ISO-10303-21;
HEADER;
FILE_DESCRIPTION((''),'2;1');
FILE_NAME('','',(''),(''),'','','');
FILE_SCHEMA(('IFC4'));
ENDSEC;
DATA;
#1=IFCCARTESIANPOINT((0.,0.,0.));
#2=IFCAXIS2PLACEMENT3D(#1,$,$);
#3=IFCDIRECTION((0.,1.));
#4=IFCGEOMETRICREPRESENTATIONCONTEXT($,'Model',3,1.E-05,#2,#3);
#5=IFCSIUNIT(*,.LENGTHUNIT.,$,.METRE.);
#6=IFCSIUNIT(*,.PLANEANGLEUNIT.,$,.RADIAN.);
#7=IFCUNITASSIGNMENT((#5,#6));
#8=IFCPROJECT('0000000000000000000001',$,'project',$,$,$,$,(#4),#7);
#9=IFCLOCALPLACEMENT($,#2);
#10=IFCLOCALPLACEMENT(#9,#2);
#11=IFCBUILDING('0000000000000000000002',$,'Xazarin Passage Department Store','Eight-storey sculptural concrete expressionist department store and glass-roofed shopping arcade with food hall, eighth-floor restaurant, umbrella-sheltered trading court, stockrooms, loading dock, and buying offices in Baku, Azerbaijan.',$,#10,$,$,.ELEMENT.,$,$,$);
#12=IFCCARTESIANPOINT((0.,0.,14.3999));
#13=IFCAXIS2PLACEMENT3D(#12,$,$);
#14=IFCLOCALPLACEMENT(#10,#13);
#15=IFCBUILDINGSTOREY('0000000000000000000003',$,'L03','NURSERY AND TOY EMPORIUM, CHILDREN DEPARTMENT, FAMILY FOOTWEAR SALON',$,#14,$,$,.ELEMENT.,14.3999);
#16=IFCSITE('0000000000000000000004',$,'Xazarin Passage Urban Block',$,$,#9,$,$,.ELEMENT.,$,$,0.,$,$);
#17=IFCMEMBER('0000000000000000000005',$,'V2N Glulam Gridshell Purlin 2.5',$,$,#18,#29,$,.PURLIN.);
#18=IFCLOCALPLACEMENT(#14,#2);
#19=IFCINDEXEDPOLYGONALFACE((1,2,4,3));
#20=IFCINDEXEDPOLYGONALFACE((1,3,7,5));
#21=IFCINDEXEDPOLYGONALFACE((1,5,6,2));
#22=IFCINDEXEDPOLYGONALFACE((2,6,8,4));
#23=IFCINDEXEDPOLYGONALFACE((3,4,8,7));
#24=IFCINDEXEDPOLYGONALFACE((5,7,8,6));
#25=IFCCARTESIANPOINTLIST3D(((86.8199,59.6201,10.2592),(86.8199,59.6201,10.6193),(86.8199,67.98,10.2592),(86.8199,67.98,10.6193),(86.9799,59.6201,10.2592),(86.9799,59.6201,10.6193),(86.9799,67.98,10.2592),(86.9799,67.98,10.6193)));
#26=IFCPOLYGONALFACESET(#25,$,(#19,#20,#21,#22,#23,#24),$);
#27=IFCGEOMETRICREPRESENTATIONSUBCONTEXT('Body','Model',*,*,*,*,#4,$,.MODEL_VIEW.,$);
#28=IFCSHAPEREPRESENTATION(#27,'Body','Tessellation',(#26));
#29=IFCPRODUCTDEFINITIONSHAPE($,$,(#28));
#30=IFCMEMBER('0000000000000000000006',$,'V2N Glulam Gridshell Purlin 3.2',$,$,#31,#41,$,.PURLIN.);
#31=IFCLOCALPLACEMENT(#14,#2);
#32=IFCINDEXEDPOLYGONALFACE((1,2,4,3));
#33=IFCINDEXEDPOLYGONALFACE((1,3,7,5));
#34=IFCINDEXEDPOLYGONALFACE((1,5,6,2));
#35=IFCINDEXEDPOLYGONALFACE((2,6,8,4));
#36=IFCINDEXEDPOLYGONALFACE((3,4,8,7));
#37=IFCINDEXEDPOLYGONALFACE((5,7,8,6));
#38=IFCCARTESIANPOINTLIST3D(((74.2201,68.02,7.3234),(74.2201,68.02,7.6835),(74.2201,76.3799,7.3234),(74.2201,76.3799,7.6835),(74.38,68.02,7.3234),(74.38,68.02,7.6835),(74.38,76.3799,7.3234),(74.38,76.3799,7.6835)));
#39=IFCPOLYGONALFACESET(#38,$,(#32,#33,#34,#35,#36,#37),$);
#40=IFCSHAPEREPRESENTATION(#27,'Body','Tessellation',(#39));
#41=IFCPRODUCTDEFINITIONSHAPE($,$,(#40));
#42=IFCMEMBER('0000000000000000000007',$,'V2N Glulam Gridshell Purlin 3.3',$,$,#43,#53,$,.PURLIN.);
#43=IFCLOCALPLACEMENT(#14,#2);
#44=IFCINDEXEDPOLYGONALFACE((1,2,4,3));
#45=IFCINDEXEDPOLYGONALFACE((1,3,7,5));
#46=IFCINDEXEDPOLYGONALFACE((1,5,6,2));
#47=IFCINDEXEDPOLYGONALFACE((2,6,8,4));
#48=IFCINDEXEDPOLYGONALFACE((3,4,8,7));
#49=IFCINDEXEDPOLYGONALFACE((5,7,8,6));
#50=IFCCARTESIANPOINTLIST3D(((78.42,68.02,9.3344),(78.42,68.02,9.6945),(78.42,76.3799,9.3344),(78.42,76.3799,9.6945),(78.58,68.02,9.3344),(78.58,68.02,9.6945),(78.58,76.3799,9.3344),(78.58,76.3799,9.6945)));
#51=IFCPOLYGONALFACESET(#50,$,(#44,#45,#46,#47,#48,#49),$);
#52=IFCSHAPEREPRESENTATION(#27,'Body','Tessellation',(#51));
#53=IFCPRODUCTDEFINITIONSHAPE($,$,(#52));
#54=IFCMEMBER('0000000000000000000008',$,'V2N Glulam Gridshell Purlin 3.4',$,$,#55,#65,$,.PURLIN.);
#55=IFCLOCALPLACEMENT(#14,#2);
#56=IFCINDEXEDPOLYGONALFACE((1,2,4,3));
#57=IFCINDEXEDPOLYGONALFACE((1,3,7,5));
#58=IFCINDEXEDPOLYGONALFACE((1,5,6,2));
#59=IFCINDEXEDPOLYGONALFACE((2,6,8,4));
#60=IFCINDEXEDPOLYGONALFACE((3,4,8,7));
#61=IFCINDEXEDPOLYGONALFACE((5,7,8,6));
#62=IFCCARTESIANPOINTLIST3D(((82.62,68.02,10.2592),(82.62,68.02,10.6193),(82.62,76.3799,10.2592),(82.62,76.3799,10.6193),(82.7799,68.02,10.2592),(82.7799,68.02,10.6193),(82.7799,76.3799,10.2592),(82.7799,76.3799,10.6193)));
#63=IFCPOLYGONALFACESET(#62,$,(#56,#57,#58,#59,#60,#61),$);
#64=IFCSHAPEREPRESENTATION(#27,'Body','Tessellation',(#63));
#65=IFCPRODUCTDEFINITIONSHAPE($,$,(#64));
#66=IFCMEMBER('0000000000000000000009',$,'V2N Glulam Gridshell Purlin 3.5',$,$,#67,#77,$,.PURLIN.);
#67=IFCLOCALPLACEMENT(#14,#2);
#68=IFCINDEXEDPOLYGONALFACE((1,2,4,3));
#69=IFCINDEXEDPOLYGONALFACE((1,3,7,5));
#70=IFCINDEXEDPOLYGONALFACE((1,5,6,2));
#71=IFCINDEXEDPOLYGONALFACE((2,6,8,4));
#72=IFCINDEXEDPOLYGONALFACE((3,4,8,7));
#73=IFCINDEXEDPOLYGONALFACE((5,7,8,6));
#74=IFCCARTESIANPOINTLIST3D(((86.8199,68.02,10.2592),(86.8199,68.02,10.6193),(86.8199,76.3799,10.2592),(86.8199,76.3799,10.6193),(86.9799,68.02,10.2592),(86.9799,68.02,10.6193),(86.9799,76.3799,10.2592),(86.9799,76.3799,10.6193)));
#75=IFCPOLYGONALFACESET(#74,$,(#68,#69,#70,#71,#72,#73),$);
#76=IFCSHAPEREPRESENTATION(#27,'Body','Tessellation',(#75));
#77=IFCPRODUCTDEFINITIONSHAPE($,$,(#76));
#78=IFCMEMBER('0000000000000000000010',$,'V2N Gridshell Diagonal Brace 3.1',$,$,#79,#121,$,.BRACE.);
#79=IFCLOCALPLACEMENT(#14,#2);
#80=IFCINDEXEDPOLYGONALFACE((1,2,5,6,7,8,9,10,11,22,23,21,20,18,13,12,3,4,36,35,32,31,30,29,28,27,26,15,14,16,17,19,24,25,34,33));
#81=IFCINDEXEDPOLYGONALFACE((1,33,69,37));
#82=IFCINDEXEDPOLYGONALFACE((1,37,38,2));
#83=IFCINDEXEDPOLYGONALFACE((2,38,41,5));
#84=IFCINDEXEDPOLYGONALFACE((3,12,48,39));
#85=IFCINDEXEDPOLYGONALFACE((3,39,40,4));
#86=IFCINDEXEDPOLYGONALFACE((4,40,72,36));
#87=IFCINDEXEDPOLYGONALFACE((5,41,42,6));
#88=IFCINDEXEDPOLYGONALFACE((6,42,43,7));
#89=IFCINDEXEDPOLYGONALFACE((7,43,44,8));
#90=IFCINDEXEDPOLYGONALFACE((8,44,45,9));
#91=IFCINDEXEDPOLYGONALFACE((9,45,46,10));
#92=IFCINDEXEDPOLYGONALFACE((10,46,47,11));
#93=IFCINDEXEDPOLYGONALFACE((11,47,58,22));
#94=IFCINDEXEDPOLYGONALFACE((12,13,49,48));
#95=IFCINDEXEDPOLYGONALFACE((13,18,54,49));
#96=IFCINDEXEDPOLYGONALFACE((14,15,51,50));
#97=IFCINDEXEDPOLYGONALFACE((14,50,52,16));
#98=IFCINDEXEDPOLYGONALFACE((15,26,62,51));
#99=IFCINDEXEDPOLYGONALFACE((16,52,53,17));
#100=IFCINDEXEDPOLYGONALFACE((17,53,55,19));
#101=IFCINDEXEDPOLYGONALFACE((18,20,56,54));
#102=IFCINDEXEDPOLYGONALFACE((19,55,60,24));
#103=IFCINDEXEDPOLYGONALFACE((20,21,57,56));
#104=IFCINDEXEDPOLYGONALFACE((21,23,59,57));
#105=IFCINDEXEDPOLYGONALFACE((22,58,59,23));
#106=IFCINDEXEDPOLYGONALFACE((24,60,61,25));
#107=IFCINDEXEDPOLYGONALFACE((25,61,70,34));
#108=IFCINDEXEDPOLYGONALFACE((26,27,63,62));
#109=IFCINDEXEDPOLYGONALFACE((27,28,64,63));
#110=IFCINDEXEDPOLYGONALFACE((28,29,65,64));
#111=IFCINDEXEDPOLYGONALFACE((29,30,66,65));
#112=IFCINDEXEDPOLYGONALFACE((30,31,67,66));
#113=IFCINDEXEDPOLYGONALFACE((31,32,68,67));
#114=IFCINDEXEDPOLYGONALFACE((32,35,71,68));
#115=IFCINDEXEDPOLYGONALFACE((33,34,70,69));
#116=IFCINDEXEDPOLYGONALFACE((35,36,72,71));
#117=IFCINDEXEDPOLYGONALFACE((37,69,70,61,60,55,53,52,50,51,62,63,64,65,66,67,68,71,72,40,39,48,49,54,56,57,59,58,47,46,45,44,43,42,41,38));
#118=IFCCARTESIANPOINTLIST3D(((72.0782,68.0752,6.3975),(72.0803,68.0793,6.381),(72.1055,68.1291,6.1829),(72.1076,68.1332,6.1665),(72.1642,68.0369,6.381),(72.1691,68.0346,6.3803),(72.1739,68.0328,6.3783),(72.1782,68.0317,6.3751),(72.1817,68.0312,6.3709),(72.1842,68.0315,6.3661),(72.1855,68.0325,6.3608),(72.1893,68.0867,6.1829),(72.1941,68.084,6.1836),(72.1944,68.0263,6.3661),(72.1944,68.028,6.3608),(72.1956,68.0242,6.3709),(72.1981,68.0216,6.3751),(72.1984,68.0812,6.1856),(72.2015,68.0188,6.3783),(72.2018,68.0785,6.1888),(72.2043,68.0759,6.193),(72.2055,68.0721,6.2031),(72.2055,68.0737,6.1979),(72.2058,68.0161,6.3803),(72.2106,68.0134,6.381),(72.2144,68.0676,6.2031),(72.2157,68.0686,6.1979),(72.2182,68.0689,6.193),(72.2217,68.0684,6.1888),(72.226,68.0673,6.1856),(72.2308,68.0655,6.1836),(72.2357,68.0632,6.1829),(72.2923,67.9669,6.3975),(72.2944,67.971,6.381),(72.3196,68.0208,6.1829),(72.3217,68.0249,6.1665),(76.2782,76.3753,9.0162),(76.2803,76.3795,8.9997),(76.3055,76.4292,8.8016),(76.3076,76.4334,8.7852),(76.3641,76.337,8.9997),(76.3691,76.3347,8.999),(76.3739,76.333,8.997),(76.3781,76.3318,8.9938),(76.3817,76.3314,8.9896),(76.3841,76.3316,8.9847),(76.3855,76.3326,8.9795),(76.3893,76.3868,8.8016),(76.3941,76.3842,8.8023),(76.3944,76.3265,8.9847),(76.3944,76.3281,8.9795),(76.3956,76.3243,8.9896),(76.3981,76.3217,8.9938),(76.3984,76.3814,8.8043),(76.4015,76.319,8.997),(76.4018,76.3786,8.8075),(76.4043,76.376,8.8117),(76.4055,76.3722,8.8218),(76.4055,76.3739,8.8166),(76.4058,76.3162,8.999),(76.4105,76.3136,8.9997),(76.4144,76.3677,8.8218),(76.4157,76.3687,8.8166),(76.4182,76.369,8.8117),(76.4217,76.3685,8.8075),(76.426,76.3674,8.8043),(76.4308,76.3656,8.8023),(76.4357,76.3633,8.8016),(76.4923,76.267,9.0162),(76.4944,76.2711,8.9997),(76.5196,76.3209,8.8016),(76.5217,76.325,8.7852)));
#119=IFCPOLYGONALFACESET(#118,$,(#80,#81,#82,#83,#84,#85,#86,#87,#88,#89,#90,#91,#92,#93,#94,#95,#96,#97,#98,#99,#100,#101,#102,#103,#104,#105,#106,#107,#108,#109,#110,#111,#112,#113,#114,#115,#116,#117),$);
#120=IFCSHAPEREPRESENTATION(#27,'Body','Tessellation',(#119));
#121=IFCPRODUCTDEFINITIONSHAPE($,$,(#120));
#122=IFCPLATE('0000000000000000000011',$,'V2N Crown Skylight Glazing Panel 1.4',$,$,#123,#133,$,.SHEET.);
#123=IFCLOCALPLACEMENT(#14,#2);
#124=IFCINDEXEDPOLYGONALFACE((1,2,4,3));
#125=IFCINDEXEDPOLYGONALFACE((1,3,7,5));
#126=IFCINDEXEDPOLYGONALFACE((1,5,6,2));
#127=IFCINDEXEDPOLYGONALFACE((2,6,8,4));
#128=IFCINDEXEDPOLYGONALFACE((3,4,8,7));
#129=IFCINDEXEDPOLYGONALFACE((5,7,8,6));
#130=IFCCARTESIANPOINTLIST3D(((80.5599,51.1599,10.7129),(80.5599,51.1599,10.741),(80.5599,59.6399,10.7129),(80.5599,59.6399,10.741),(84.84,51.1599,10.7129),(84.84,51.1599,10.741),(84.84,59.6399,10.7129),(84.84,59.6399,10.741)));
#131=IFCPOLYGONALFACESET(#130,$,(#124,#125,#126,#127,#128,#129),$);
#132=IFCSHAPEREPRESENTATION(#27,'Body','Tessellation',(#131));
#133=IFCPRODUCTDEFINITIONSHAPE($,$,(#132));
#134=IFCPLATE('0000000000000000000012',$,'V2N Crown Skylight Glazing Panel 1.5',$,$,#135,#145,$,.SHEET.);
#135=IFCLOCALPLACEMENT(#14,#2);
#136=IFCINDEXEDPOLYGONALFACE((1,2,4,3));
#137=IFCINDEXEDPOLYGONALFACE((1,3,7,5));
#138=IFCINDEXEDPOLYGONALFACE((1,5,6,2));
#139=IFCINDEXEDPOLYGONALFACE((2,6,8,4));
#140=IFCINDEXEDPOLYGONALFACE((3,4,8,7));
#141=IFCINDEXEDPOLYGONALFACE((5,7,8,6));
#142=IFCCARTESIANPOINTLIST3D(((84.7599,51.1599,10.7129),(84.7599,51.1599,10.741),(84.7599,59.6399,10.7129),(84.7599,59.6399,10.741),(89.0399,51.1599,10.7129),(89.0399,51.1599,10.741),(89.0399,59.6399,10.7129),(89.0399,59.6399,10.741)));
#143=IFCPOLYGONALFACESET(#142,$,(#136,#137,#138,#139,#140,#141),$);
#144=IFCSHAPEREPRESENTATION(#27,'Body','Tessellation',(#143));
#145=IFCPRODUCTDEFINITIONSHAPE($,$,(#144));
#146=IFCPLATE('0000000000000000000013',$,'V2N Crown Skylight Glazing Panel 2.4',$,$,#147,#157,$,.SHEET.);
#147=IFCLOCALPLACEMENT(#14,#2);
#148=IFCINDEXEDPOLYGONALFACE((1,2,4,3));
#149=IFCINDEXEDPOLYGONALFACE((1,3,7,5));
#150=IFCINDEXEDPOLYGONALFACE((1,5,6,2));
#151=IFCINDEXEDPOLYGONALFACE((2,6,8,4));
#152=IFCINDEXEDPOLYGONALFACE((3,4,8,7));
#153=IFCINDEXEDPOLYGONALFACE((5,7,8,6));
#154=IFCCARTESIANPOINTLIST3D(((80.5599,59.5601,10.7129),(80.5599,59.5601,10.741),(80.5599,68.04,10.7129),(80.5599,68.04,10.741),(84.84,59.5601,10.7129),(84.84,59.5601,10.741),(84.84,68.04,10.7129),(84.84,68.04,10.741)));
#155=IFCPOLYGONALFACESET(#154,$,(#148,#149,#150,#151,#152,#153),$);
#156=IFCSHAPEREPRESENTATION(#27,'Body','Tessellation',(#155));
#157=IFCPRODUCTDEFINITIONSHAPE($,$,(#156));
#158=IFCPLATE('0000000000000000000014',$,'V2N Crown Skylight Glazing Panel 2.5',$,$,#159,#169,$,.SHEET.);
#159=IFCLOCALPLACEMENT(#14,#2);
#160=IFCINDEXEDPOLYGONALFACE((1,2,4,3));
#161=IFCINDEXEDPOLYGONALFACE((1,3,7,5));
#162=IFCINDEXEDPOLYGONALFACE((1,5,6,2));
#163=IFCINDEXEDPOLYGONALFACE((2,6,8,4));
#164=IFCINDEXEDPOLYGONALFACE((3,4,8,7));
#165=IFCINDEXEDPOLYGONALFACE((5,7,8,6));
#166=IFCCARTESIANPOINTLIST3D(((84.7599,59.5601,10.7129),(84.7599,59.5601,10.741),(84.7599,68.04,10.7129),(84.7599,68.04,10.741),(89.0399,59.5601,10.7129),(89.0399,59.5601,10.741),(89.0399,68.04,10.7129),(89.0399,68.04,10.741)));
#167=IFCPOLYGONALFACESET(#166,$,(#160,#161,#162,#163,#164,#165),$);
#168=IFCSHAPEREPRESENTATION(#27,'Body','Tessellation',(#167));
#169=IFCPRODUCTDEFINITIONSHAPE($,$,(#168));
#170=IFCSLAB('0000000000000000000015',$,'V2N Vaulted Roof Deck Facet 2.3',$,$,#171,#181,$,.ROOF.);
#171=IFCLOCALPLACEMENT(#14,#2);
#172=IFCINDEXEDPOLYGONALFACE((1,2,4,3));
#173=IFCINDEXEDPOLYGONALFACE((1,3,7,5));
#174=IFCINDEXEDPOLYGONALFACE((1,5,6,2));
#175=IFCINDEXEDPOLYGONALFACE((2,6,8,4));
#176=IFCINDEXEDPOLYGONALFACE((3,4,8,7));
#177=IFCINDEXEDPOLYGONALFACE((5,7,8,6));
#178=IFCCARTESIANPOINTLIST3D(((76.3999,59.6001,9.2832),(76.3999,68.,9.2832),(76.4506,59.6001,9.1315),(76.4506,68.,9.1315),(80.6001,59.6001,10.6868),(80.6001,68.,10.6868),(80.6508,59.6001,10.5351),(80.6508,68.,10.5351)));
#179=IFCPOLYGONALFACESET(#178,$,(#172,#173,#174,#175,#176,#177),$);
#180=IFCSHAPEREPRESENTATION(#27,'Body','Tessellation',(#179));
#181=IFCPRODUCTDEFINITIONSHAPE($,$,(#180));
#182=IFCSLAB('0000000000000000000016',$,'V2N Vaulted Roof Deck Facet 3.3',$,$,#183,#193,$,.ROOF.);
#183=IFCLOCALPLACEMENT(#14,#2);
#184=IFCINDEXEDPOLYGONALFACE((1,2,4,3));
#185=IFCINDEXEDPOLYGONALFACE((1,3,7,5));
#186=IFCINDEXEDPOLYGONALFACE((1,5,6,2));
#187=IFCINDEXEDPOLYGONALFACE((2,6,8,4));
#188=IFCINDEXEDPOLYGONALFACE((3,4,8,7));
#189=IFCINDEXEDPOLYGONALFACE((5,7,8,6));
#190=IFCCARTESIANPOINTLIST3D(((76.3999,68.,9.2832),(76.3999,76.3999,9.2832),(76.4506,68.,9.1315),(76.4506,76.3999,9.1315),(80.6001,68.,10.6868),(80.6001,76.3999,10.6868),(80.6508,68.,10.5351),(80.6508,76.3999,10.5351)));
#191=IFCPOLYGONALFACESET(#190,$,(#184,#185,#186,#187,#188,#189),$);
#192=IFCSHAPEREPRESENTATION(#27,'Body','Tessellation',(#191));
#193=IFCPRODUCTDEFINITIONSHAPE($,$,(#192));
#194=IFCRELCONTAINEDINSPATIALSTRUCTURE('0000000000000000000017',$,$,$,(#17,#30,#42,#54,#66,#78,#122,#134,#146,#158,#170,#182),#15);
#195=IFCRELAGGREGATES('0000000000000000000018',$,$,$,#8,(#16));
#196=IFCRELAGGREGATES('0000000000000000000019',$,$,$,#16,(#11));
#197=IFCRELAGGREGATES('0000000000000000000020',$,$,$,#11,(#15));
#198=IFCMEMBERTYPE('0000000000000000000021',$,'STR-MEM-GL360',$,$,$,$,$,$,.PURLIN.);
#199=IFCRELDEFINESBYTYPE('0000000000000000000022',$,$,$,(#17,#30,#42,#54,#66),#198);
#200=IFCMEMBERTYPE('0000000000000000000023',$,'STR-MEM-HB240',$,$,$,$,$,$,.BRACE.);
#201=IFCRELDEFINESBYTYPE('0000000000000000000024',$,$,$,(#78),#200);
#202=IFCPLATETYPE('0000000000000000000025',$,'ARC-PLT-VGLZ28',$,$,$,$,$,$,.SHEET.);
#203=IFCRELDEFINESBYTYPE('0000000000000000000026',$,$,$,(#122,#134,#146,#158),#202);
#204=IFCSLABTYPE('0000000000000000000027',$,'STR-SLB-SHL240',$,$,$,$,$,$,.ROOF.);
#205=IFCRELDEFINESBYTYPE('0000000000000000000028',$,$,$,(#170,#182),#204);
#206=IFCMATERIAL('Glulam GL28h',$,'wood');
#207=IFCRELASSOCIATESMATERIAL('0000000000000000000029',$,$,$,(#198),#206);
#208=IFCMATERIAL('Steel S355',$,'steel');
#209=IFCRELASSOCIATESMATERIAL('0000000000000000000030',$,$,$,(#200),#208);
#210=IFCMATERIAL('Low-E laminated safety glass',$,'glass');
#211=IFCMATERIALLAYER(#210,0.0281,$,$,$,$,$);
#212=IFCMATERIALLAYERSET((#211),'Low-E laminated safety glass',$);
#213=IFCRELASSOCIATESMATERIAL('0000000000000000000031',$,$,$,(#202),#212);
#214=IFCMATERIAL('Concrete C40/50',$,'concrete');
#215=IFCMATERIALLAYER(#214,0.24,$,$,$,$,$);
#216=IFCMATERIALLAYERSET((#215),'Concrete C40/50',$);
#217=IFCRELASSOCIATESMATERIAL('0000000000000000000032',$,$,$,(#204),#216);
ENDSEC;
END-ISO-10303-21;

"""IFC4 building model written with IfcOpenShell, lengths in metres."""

from ifc_helpers import new_model, si_unit, direction, frame, origin, origin_2d, place, context, subcontext, project, spatial, polyline, rectangle, i_section, outline, extrude, material, layer, layer_set, material_profile, profile_set, type_object, element, save


model = new_model("IFC4")

# Units and contexts
model_context = context("Model", 3, precision=1e-05, world=origin(), true_north=direction((0.0, 1.0)))
body_context = subcontext(model_context, "Body", "Model", "MODEL_VIEW")
ifc_project = project(units=[si_unit("LENGTHUNIT", "METRE"), si_unit("PLANEANGLEUNIT", "RADIAN")], contexts=[model_context])

# Site, building, storey
site_placement = place(None, origin())
site = spatial("IfcSite", under=ifc_project, at=site_placement, Name="Xazarin Passage Urban Block", CompositionType="ELEMENT", RefElevation=0.0)
building_placement = place(site_placement, origin())
building = spatial("IfcBuilding", under=site, at=building_placement, Name="Xazarin Passage Department Store", Description="Eight-storey sculptural concrete expressionist department store and glass-roofed shopping arcade with food hall, eighth-floor restaurant, umbrella-sheltered trading court, stockrooms, loading dock, and buying offices in Baku, Azerbaijan.", CompositionType="ELEMENT")
storey_placement = place(building_placement, frame((0.0, 0.0, 14.3999)))
storey = spatial("IfcBuildingStorey", under=building, at=storey_placement, Name="L03", Description="NURSERY AND TOY EMPORIUM, CHILDREN DEPARTMENT, FAMILY FOOTWEAR SALON", CompositionType="ELEMENT", Elevation=14.3999)

# Shared definitions
ifc_material_1 = material(Name="Steel S355", Category="steel")

# Members
ifc_material_2 = material(Name="Glulam GL28h", Category="wood")
ifc_material_profile_1 = material_profile(ifc_material_2, rectangle(XDim=0.1599, YDim=0.3601, at=origin_2d()), Name="GL28h 160x360")
ifc_profile_set_1 = profile_set([ifc_material_profile_1], Name="Glulam GL28h")
member_type_1 = type_object("IfcMemberType", Name="STR-MEM-GL360", PredefinedType="PURLIN", material=ifc_profile_set_1)
for number, where, z_axis, x_axis, name in (
    (1, (86.8999, 59.6201, 10.4392), (0.0, 1.0, 0.0), (-1.0, 0.0, 0.0), "V2N Glulam Gridshell Purlin 2.5"),
    (2, (74.3, 68.02, 7.5034), (0.0, 1.0, 0.0), (-1.0, 0.0, 0.0), "V2N Glulam Gridshell Purlin 3.2"),
    (3, (78.5, 68.02, 9.5144), (0.0, 1.0, 0.0), (-1.0, 0.0, 0.0), "V2N Glulam Gridshell Purlin 3.3"),
    (4, (82.7, 68.02, 10.4392), (0.0, 1.0, 0.0), (-1.0, 0.0, 0.0), "V2N Glulam Gridshell Purlin 3.4"),
    (5, (86.8999, 68.02, 10.4392), (0.0, 1.0, 0.0), (-1.0, 0.0, 0.0), "V2N Glulam Gridshell Purlin 3.5"),
):
    element("IfcMember", number, at=place(storey_placement, frame(where, z_axis=z_axis, x_axis=x_axis)), inside=storey, type_object=member_type_1, Name=name, PredefinedType="PURLIN", context=body_context, shape_type="SweptSolid", body=[
        extrude(rectangle(XDim=0.1599, YDim=0.3601, at=origin_2d()), origin(), (0.0, 0.0, 1.0), 8.3599),
    ])
ifc_material_profile_2 = material_profile(ifc_material_1, i_section(OverallWidth=0.24, OverallDepth=0.24, WebThickness=0.01, FlangeThickness=0.0171, FilletRadius=0.021, at=origin_2d()), Name="HEB 240")
ifc_profile_set_2 = profile_set([ifc_material_profile_2], Name="Steel S355")
member_type_2 = type_object("IfcMemberType", Name="STR-MEM-HB240", PredefinedType="BRACE", material=ifc_profile_set_2)
member_placement = place(storey_placement, frame((72.2, 68.05, 6.282), z_axis=(0.43461, 0.858886, 0.270977), x_axis=(-0.89227, 0.451502, 0.0)))
element("IfcMember", 6, at=member_placement, inside=storey, type_object=member_type_2, Name="V2N Gridshell Diagonal Brace 3.1", PredefinedType="BRACE", context=body_context, shape_type="SweptSolid", body=[
    extrude(i_section(OverallWidth=0.24, OverallDepth=0.24, WebThickness=0.01, FlangeThickness=0.0171, FilletRadius=0.021, at=origin_2d()), origin(), (0.0, 0.0, 1.0), 9.6638),
])

# Plates
ifc_material_3 = material(Name="Low-E laminated safety glass", Category="glass")
ifc_layer_1 = layer(ifc_material_3, 0.0281)
ifc_layer_set_1 = layer_set([ifc_layer_1], Name="Low-E laminated safety glass")
plate_type = type_object("IfcPlateType", Name="ARC-PLT-VGLZ28", PredefinedType="SHEET", material=ifc_layer_set_1)
for number, where, z_axis, x_axis, name in (
    (7, (82.7, 55.3999, 10.7129), (0.0, 0.0, 1.0), (1.0, 0.0, 0.0), "V2N Crown Skylight Glazing Panel 1.4"),
    (8, (86.8999, 55.3999, 10.7129), (0.0, 0.0, 1.0), (1.0, 0.0, 0.0), "V2N Crown Skylight Glazing Panel 1.5"),
    (9, (82.7, 63.8, 10.7129), (0.0, 0.0, 1.0), (1.0, 0.0, 0.0), "V2N Crown Skylight Glazing Panel 2.4"),
    (10, (86.8999, 63.8, 10.7129), (0.0, 0.0, 1.0), (1.0, 0.0, 0.0), "V2N Crown Skylight Glazing Panel 2.5"),
):
    element("IfcPlate", number, at=place(storey_placement, frame(where, z_axis=z_axis, x_axis=x_axis)), inside=storey, type_object=plate_type, Name=name, PredefinedType="SHEET", context=body_context, shape_type="SweptSolid", body=[
        extrude(rectangle(XDim=4.28, YDim=8.48, at=origin_2d()), origin(), (0.0, 0.0, 1.0), 0.0281),
    ])

# Slabs
ifc_material_4 = material(Name="Concrete C40/50", Category="concrete")
ifc_layer_2 = layer(ifc_material_4, 0.24)
ifc_layer_set_2 = layer_set([ifc_layer_2], Name="Concrete C40/50")
slab_type = type_object("IfcSlabType", Name="STR-SLB-SHL240", PredefinedType="ROOF", material=ifc_layer_set_2)
for number, where, z_axis, x_axis, name in (
    (11, (76.3999, 59.6001, 9.2832), (-0.316939, 0.0, 0.948446), (0.948446, 0.0, 0.316939), "V2N Vaulted Roof Deck Facet 2.3"),
    (12, (76.3999, 68.0, 9.2832), (-0.316939, 0.0, 0.948446), (0.948446, 0.0, 0.316939), "V2N Vaulted Roof Deck Facet 3.3"),
):
    element("IfcSlab", number, at=place(storey_placement, frame(where, z_axis=z_axis, x_axis=x_axis)), inside=storey, type_object=slab_type, Name=name, PredefinedType="ROOF", context=body_context, shape_type="SweptSolid", body=[
        extrude(outline(polyline([(0.0, 0.0), (4.4285, 0.0), (4.4285, 8.3999), (0.0, 8.3999), (0.0, 0.0)])), origin(), (0.0, 0.0, -1.0), 0.1599),
    ])

save(model, "model.ifc")
